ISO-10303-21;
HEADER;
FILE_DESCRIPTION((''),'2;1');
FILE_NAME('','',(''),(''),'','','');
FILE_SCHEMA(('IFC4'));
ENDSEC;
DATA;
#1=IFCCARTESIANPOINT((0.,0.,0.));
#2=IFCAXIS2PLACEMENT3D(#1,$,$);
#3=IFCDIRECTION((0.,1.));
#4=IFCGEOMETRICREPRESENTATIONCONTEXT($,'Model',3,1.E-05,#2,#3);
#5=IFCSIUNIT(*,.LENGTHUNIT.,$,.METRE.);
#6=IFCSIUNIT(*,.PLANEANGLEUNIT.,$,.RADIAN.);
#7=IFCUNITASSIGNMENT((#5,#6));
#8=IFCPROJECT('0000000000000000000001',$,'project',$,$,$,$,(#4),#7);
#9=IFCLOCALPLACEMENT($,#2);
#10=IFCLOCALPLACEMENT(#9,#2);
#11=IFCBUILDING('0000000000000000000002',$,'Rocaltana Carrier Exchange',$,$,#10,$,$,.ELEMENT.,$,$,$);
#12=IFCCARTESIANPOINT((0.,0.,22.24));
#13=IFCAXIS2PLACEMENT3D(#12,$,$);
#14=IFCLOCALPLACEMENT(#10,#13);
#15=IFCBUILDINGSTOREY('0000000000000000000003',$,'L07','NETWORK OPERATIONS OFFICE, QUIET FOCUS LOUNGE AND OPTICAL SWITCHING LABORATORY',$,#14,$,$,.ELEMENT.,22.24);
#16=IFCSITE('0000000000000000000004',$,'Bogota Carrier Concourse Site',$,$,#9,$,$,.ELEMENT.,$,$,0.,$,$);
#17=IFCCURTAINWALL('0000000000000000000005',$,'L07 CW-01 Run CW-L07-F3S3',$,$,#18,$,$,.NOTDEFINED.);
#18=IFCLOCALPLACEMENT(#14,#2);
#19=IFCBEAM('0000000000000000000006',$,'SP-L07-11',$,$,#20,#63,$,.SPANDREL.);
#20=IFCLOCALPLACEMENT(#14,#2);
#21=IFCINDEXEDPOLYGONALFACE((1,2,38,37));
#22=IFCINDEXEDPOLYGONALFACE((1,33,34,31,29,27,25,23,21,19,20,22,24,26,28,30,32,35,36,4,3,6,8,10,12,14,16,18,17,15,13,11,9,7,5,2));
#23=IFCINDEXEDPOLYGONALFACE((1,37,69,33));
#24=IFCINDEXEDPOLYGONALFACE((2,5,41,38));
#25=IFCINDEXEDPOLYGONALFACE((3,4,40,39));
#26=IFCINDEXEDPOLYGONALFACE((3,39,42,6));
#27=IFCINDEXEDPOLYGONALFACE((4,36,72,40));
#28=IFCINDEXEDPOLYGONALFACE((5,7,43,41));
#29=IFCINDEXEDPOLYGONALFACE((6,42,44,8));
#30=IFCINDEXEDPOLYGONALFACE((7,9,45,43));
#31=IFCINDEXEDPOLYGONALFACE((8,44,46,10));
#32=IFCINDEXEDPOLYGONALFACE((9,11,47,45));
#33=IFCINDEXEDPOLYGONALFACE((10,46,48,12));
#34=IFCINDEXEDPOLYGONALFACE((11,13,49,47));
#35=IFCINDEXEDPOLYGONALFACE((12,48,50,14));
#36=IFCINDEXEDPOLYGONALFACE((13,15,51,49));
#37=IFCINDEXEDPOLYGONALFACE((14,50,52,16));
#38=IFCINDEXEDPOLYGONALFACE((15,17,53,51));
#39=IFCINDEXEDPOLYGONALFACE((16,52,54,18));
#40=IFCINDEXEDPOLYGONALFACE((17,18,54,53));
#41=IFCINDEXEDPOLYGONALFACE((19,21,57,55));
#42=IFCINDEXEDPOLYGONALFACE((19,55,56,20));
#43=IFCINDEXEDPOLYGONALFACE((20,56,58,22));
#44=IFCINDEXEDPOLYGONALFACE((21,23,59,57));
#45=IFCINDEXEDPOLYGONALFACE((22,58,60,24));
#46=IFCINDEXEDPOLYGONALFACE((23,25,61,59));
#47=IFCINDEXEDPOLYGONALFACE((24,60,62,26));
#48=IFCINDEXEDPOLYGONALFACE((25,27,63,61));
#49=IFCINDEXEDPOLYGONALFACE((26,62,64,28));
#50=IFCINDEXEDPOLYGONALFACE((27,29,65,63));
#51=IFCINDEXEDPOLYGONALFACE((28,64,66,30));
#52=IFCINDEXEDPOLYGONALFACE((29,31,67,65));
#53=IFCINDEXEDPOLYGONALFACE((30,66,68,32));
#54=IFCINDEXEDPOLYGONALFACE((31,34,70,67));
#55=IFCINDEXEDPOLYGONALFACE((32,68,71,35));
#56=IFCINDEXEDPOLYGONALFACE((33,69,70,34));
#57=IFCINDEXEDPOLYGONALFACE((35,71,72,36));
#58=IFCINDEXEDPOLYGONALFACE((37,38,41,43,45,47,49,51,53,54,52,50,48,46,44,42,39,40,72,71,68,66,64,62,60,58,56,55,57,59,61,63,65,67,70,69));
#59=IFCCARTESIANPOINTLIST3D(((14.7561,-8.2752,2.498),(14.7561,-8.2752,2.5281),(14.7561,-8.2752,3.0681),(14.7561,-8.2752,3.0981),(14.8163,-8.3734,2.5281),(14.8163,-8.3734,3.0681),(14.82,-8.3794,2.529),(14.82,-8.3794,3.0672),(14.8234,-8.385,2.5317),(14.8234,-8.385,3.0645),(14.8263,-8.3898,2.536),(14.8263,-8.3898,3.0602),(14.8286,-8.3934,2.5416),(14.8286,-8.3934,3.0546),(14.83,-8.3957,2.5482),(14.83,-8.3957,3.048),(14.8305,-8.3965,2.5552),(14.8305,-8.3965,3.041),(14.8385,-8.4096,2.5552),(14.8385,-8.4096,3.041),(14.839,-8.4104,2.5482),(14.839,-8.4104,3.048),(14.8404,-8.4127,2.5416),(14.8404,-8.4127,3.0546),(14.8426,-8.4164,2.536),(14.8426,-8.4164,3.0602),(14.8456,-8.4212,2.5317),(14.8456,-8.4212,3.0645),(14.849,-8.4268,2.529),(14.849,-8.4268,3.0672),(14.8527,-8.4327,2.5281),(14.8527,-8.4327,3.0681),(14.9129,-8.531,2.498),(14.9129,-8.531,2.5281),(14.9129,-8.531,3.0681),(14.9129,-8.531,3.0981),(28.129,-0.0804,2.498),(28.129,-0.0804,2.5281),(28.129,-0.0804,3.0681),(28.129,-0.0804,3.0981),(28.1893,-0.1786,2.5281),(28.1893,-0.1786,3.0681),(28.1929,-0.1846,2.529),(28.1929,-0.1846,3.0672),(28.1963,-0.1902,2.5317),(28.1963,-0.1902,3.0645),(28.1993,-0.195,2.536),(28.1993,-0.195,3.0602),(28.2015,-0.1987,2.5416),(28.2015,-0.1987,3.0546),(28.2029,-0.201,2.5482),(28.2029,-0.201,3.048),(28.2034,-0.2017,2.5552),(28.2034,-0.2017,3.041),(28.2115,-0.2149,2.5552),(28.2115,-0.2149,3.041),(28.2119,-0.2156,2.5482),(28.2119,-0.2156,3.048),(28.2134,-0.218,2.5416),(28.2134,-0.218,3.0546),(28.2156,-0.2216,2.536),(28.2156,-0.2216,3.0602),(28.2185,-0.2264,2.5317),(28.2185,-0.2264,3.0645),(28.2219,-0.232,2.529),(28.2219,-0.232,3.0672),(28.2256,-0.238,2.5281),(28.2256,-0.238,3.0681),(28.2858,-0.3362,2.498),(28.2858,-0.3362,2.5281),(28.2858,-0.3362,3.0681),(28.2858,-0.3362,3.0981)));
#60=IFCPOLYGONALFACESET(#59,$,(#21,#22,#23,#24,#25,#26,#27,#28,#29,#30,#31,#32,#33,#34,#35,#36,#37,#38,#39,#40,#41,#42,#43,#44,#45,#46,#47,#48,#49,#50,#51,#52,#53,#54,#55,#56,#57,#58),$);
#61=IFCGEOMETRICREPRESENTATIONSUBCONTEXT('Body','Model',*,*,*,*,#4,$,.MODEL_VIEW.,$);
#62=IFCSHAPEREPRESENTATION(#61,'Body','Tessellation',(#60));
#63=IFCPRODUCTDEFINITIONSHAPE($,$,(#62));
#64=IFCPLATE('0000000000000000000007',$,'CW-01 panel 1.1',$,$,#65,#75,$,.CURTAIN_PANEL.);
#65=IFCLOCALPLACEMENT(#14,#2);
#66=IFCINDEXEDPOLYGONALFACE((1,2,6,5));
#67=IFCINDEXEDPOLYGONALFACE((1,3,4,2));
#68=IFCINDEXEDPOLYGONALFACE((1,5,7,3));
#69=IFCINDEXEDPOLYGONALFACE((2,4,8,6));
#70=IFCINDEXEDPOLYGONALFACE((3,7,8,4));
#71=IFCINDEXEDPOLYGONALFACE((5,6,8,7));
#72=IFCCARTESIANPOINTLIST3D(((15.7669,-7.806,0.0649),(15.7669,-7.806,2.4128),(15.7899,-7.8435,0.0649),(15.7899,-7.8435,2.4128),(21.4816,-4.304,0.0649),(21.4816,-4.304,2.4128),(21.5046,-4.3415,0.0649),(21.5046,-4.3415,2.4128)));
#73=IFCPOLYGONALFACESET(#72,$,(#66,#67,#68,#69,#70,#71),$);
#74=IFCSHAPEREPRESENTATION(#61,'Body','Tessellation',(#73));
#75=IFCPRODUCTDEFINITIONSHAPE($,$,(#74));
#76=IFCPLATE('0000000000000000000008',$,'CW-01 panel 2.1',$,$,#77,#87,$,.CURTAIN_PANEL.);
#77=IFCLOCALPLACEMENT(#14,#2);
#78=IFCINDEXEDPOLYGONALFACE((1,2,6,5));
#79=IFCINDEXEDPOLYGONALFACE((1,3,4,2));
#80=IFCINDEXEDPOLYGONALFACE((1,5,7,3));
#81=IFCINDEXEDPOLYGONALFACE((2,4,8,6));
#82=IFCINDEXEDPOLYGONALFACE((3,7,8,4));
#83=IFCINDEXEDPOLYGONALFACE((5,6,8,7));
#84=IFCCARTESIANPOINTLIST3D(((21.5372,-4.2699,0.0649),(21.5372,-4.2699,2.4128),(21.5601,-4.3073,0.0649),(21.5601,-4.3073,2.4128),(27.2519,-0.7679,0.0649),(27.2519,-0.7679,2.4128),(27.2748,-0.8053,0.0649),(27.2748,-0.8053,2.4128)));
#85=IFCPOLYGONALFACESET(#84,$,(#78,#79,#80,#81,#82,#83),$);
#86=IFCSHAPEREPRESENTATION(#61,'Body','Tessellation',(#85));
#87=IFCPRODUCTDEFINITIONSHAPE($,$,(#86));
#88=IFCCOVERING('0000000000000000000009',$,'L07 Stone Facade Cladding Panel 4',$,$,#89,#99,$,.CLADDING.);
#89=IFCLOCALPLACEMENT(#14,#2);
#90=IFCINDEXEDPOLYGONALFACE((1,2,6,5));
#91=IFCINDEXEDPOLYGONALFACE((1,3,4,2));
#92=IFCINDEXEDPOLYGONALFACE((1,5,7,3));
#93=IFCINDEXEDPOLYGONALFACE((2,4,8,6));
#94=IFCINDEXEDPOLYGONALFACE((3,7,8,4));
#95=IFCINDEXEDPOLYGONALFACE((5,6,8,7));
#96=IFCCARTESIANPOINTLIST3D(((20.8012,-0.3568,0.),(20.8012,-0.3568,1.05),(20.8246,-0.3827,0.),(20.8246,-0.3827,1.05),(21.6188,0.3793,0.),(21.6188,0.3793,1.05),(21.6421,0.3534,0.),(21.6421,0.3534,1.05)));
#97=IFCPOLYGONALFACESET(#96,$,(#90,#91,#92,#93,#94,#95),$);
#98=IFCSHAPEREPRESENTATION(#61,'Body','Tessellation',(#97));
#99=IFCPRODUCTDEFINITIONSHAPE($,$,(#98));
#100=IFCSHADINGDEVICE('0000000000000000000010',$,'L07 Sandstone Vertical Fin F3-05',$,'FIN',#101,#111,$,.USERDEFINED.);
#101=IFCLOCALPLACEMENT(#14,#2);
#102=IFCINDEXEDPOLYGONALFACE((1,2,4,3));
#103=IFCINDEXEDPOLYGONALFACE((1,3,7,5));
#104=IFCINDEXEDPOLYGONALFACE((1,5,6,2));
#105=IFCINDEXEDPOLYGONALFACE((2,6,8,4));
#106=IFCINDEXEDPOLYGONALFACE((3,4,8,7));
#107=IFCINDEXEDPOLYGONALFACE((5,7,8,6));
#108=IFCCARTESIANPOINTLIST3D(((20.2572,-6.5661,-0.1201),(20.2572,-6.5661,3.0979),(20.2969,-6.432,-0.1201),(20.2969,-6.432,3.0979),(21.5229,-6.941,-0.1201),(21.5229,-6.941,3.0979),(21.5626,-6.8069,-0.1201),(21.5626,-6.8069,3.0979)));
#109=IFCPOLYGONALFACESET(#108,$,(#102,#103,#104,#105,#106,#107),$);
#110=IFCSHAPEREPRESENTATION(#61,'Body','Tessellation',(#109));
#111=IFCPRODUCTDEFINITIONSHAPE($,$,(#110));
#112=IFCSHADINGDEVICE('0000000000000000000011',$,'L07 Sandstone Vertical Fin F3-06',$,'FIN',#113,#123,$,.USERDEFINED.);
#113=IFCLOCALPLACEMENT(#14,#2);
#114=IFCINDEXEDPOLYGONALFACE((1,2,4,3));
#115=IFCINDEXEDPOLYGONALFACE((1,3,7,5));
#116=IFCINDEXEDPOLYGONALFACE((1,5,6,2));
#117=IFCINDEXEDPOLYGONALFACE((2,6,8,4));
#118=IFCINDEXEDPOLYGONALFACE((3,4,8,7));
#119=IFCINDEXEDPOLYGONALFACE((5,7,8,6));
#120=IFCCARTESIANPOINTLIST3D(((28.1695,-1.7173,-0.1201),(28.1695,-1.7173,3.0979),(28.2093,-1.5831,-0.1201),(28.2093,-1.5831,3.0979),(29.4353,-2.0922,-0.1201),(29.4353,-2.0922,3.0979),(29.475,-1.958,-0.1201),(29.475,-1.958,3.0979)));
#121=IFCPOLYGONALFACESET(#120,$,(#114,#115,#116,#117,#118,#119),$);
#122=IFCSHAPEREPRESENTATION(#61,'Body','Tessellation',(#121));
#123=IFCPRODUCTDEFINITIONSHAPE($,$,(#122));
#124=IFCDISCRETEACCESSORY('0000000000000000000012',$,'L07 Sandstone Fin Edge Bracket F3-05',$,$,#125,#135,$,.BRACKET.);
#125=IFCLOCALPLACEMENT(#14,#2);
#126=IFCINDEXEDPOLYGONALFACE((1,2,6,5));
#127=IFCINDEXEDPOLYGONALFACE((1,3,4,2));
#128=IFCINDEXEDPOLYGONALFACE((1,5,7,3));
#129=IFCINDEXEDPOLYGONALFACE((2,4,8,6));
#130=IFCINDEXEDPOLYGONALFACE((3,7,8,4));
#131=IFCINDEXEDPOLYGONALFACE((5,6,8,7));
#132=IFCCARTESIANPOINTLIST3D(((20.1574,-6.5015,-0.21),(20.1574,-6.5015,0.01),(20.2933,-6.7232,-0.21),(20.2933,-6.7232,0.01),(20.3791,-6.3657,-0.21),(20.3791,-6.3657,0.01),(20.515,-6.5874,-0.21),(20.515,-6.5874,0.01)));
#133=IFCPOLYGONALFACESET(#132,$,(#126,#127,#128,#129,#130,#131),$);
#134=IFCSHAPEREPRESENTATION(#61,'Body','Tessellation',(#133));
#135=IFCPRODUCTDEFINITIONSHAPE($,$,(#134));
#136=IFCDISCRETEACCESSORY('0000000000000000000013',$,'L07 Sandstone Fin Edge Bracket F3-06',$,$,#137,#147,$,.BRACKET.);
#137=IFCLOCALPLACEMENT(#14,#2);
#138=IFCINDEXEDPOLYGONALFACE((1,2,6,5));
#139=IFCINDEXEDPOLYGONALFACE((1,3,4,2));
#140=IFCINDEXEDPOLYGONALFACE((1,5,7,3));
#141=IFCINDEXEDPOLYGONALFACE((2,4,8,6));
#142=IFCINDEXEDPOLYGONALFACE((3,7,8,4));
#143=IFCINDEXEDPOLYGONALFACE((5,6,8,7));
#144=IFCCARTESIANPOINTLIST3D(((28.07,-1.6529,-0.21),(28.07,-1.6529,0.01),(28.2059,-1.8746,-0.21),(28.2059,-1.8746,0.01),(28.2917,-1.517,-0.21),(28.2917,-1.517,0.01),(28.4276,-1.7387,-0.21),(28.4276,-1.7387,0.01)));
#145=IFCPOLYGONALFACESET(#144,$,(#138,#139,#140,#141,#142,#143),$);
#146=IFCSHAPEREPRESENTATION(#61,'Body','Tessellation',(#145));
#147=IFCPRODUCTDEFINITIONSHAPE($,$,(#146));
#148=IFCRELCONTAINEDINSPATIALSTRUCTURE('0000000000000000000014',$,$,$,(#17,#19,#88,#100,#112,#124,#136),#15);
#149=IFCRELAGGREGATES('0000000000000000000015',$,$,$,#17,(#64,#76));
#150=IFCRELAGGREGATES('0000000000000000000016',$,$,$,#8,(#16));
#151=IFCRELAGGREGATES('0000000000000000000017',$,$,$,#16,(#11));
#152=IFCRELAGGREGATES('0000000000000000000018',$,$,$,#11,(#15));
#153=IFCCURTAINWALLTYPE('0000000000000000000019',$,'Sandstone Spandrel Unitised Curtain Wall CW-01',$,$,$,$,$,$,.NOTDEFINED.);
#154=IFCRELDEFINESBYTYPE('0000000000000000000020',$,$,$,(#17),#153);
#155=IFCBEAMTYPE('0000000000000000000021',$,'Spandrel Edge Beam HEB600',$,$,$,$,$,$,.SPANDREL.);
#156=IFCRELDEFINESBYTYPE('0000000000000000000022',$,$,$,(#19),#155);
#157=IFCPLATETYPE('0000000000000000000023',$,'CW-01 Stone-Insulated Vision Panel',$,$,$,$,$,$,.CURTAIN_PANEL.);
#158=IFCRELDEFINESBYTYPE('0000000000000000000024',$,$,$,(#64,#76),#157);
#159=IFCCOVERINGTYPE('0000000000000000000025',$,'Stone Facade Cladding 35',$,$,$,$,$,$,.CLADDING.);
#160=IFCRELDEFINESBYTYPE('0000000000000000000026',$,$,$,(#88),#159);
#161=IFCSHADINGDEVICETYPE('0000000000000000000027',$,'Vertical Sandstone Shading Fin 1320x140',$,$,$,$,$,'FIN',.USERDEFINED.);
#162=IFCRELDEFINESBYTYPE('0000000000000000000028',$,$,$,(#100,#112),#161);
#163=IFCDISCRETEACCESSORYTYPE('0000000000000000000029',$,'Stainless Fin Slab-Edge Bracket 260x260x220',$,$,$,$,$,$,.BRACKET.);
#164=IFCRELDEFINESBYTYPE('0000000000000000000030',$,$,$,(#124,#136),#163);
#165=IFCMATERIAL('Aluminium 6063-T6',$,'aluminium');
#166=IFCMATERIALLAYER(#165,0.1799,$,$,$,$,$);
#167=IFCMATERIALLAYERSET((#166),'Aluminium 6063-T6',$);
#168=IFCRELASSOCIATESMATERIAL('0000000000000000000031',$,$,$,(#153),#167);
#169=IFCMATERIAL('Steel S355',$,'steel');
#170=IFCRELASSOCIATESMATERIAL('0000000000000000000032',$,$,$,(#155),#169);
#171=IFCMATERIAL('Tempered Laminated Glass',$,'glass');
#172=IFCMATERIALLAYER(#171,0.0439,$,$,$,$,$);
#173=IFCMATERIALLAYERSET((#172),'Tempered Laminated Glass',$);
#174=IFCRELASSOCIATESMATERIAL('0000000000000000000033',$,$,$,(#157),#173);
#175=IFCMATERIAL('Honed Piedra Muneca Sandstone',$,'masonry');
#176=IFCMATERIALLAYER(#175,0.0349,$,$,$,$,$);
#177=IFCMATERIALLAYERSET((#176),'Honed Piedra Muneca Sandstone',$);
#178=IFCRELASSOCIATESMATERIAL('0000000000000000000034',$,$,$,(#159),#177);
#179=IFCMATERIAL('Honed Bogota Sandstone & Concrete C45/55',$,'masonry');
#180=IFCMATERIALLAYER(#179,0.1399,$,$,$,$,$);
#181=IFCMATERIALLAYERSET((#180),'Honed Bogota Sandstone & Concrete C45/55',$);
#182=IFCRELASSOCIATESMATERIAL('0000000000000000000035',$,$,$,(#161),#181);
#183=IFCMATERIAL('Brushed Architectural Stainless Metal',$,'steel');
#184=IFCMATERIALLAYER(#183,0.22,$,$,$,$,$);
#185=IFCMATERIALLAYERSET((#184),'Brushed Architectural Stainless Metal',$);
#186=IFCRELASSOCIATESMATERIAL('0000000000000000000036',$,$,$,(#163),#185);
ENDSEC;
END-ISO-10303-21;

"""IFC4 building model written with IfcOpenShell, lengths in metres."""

from ifc_helpers import new_model, si_unit, direction, frame, origin, origin_2d, place, context, subcontext, project, spatial, rectangle, i_section, extrude, material, layer, layer_set, material_profile, profile_set, type_object, element, aggregate, save


model = new_model("IFC4")

# Units and contexts
model_context = context("Model", 3, precision=1e-05, world=origin(), true_north=direction((0.0, 1.0)))
body_context = subcontext(model_context, "Body", "Model", "MODEL_VIEW")
ifc_project = project(units=[si_unit("LENGTHUNIT", "METRE"), si_unit("PLANEANGLEUNIT", "RADIAN")], contexts=[model_context])

# Site, building, storey
site_placement = place(None, origin())
site = spatial("IfcSite", under=ifc_project, at=site_placement, Name="Bogota Carrier Concourse Site", CompositionType="ELEMENT", RefElevation=0.0)
building_placement = place(site_placement, origin())
building = spatial("IfcBuilding", under=site, at=building_placement, Name="Rocaltana Carrier Exchange", CompositionType="ELEMENT")
storey_placement = place(building_placement, frame((0.0, 0.0, 22.24)))
storey = spatial("IfcBuildingStorey", under=building, at=storey_placement, Name="L07", Description="NETWORK OPERATIONS OFFICE, QUIET FOCUS LOUNGE AND OPTICAL SWITCHING LABORATORY", CompositionType="ELEMENT", Elevation=22.24)

# Curtain wall
ifc_material_1 = material(Name="Aluminium 6063-T6", Category="aluminium")
ifc_layer_1 = layer(ifc_material_1, 0.1799)
ifc_layer_set_1 = layer_set([ifc_layer_1], Name="Aluminium 6063-T6")
curtain_wall_type = type_object("IfcCurtainWallType", Name="Sandstone Spandrel Unitised Curtain Wall CW-01", PredefinedType="NOTDEFINED", material=ifc_layer_set_1)
curtain_wall_placement = place(storey_placement, origin())
curtain_wall = element("IfcCurtainWall", 1, at=curtain_wall_placement, inside=storey, type_object=curtain_wall_type, Name="L07 CW-01 Run CW-L07-F3S3", PredefinedType="NOTDEFINED")

# Beam
ifc_material_2 = material(Name="Steel S355", Category="steel")
ifc_material_profile_1 = material_profile(ifc_material_2, i_section(OverallWidth=0.3, OverallDepth=0.6001, WebThickness=0.0154, FlangeThickness=0.03, FilletRadius=0.0271, at=origin_2d()), Name="HEB600")
ifc_profile_set_1 = profile_set([ifc_material_profile_1], Name="Steel S355")
beam_type_1 = type_object("IfcBeamType", Name="Spandrel Edge Beam HEB600", PredefinedType="SPANDREL", material=ifc_profile_set_1)
beam_1_placement = place(storey_placement, frame((14.8345, -8.4031, 2.7981), z_axis=(0.852646, 0.52249, 0.0), x_axis=(-0.52249, 0.852646, 0.0)))
element("IfcBeam", 2, at=beam_1_placement, inside=storey, type_object=beam_type_1, Name="SP-L07-11", PredefinedType="SPANDREL", context=body_context, shape_type="SweptSolid", body=[
    extrude(i_section(OverallWidth=0.3, OverallDepth=0.6001, WebThickness=0.0154, FlangeThickness=0.03, FilletRadius=0.0271, at=origin_2d()), origin(), (0.0, 0.0, 1.0), 15.6841),
])

# Plates
ifc_material_3 = material(Name="Tempered Laminated Glass", Category="glass")
ifc_layer_2 = layer(ifc_material_3, 0.0439)
ifc_layer_set_2 = layer_set([ifc_layer_2], Name="Tempered Laminated Glass")
plate_type = type_object("IfcPlateType", Name="CW-01 Stone-Insulated Vision Panel", PredefinedType="CURTAIN_PANEL", material=ifc_layer_set_2)
plate_1_placement = place(storey_placement, frame((18.6357, -6.0737, 0.0649), z_axis=(0.0, 0.0, 1.0), x_axis=(0.852639, 0.5225, 0.0)))
plate_1 = element("IfcPlate", 3, at=plate_1_placement, type_object=plate_type, Name="CW-01 panel 1.1", PredefinedType="CURTAIN_PANEL", context=body_context, shape_type="SweptSolid", body=[
    extrude(rectangle(XDim=6.7024, YDim=0.0439, at=origin_2d()), origin(), (0.0, 0.0, 1.0), 2.3479),
])
plate_2_placement = place(storey_placement, frame((24.406, -2.5376, 0.0649), z_axis=(0.0, 0.0, 1.0), x_axis=(0.852639, 0.5225, 0.0)))
plate_2 = element("IfcPlate", 4, at=plate_2_placement, type_object=plate_type, Name="CW-01 panel 2.1", PredefinedType="CURTAIN_PANEL", context=body_context, shape_type="SweptSolid", body=[
    extrude(rectangle(XDim=6.7024, YDim=0.0439, at=origin_2d()), origin(), (0.0, 0.0, 1.0), 2.3479),
])
aggregate(curtain_wall, [plate_1, plate_2])

# Covering
ifc_material_4 = material(Name="Honed Piedra Muneca Sandstone", Category="masonry")
ifc_layer_3 = layer(ifc_material_4, 0.0349)
ifc_layer_set_3 = layer_set([ifc_layer_3], Name="Honed Piedra Muneca Sandstone")
covering_type = type_object("IfcCoveringType", Name="Stone Facade Cladding 35", PredefinedType="CLADDING", material=ifc_layer_set_3)
covering_placement = place(storey_placement, frame((21.2217, -0.0017, 0.0), z_axis=(0.0, 0.0, 1.0), x_axis=(0.743145, 0.669131, 0.0)))
element("IfcCovering", 5, at=covering_placement, inside=storey, type_object=covering_type, Name="L07 Stone Facade Cladding Panel 4", PredefinedType="CLADDING", context=body_context, shape_type="SweptSolid", body=[
    extrude(rectangle(XDim=1.1001, YDim=0.0349, at=origin_2d()), origin(), (0.0, 0.0, 1.0), 1.05),
])

# Shading devices
ifc_material_5 = material(Name="Honed Bogota Sandstone & Concrete C45/55", Category="masonry")
ifc_layer_4 = layer(ifc_material_5, 0.1399)
ifc_layer_set_4 = layer_set([ifc_layer_4], Name="Honed Bogota Sandstone & Concrete C45/55")
shading_device_type = type_object("IfcShadingDeviceType", Name="Vertical Sandstone Shading Fin 1320x140", ElementType="FIN", PredefinedType="USERDEFINED", material=ifc_layer_set_4)
for number, where, z_axis, x_axis, name in (
    (6, (20.9099, -6.6865, -0.1201), (0.0, 0.0, 1.0), (0.95882, -0.284015, 0.0), "L07 Sandstone Vertical Fin F3-05"),
    (7, (28.8223, -1.8376, -0.1201), (0.0, 0.0, 1.0), (0.95882, -0.284015, 0.0), "L07 Sandstone Vertical Fin F3-06"),
):
    element("IfcShadingDevice", number, at=place(storey_placement, frame(where, z_axis=z_axis, x_axis=x_axis)), inside=storey, type_object=shading_device_type, Name=name, ObjectType="FIN", PredefinedType="USERDEFINED", context=body_context, shape_type="SweptSolid", body=[
        extrude(rectangle(XDim=1.3201, YDim=0.1399, at=origin_2d()), origin(), (0.0, 0.0, 1.0), 3.218),
    ])

# Discrete accessories
ifc_material_6 = material(Name="Brushed Architectural Stainless Metal", Category="steel")
ifc_layer_5 = layer(ifc_material_6, 0.22)
ifc_layer_set_5 = layer_set([ifc_layer_5], Name="Brushed Architectural Stainless Metal")
discrete_accessory_type = type_object("IfcDiscreteAccessoryType", Name="Stainless Fin Slab-Edge Bracket 260x260x220", PredefinedType="BRACKET", material=ifc_layer_set_5)
for number, where, z_axis, x_axis, name in (
    (8, (20.3362, -6.5444, -0.21), (0.0, 0.0, 1.0), (0.85264, 0.522499, 0.0), "L07 Sandstone Fin Edge Bracket F3-05"),
    (9, (28.2488, -1.6958, -0.21), (0.0, 0.0, 1.0), (0.85264, 0.522499, 0.0), "L07 Sandstone Fin Edge Bracket F3-06"),
):
    element("IfcDiscreteAccessory", number, at=place(storey_placement, frame(where, z_axis=z_axis, x_axis=x_axis)), inside=storey, type_object=discrete_accessory_type, Name=name, PredefinedType="BRACKET", context=body_context, shape_type="SweptSolid", body=[
        extrude(rectangle(XDim=0.26, YDim=0.26, at=origin_2d()), origin(), (0.0, 0.0, 1.0), 0.22),
    ])

save(model, "model.ifc")
